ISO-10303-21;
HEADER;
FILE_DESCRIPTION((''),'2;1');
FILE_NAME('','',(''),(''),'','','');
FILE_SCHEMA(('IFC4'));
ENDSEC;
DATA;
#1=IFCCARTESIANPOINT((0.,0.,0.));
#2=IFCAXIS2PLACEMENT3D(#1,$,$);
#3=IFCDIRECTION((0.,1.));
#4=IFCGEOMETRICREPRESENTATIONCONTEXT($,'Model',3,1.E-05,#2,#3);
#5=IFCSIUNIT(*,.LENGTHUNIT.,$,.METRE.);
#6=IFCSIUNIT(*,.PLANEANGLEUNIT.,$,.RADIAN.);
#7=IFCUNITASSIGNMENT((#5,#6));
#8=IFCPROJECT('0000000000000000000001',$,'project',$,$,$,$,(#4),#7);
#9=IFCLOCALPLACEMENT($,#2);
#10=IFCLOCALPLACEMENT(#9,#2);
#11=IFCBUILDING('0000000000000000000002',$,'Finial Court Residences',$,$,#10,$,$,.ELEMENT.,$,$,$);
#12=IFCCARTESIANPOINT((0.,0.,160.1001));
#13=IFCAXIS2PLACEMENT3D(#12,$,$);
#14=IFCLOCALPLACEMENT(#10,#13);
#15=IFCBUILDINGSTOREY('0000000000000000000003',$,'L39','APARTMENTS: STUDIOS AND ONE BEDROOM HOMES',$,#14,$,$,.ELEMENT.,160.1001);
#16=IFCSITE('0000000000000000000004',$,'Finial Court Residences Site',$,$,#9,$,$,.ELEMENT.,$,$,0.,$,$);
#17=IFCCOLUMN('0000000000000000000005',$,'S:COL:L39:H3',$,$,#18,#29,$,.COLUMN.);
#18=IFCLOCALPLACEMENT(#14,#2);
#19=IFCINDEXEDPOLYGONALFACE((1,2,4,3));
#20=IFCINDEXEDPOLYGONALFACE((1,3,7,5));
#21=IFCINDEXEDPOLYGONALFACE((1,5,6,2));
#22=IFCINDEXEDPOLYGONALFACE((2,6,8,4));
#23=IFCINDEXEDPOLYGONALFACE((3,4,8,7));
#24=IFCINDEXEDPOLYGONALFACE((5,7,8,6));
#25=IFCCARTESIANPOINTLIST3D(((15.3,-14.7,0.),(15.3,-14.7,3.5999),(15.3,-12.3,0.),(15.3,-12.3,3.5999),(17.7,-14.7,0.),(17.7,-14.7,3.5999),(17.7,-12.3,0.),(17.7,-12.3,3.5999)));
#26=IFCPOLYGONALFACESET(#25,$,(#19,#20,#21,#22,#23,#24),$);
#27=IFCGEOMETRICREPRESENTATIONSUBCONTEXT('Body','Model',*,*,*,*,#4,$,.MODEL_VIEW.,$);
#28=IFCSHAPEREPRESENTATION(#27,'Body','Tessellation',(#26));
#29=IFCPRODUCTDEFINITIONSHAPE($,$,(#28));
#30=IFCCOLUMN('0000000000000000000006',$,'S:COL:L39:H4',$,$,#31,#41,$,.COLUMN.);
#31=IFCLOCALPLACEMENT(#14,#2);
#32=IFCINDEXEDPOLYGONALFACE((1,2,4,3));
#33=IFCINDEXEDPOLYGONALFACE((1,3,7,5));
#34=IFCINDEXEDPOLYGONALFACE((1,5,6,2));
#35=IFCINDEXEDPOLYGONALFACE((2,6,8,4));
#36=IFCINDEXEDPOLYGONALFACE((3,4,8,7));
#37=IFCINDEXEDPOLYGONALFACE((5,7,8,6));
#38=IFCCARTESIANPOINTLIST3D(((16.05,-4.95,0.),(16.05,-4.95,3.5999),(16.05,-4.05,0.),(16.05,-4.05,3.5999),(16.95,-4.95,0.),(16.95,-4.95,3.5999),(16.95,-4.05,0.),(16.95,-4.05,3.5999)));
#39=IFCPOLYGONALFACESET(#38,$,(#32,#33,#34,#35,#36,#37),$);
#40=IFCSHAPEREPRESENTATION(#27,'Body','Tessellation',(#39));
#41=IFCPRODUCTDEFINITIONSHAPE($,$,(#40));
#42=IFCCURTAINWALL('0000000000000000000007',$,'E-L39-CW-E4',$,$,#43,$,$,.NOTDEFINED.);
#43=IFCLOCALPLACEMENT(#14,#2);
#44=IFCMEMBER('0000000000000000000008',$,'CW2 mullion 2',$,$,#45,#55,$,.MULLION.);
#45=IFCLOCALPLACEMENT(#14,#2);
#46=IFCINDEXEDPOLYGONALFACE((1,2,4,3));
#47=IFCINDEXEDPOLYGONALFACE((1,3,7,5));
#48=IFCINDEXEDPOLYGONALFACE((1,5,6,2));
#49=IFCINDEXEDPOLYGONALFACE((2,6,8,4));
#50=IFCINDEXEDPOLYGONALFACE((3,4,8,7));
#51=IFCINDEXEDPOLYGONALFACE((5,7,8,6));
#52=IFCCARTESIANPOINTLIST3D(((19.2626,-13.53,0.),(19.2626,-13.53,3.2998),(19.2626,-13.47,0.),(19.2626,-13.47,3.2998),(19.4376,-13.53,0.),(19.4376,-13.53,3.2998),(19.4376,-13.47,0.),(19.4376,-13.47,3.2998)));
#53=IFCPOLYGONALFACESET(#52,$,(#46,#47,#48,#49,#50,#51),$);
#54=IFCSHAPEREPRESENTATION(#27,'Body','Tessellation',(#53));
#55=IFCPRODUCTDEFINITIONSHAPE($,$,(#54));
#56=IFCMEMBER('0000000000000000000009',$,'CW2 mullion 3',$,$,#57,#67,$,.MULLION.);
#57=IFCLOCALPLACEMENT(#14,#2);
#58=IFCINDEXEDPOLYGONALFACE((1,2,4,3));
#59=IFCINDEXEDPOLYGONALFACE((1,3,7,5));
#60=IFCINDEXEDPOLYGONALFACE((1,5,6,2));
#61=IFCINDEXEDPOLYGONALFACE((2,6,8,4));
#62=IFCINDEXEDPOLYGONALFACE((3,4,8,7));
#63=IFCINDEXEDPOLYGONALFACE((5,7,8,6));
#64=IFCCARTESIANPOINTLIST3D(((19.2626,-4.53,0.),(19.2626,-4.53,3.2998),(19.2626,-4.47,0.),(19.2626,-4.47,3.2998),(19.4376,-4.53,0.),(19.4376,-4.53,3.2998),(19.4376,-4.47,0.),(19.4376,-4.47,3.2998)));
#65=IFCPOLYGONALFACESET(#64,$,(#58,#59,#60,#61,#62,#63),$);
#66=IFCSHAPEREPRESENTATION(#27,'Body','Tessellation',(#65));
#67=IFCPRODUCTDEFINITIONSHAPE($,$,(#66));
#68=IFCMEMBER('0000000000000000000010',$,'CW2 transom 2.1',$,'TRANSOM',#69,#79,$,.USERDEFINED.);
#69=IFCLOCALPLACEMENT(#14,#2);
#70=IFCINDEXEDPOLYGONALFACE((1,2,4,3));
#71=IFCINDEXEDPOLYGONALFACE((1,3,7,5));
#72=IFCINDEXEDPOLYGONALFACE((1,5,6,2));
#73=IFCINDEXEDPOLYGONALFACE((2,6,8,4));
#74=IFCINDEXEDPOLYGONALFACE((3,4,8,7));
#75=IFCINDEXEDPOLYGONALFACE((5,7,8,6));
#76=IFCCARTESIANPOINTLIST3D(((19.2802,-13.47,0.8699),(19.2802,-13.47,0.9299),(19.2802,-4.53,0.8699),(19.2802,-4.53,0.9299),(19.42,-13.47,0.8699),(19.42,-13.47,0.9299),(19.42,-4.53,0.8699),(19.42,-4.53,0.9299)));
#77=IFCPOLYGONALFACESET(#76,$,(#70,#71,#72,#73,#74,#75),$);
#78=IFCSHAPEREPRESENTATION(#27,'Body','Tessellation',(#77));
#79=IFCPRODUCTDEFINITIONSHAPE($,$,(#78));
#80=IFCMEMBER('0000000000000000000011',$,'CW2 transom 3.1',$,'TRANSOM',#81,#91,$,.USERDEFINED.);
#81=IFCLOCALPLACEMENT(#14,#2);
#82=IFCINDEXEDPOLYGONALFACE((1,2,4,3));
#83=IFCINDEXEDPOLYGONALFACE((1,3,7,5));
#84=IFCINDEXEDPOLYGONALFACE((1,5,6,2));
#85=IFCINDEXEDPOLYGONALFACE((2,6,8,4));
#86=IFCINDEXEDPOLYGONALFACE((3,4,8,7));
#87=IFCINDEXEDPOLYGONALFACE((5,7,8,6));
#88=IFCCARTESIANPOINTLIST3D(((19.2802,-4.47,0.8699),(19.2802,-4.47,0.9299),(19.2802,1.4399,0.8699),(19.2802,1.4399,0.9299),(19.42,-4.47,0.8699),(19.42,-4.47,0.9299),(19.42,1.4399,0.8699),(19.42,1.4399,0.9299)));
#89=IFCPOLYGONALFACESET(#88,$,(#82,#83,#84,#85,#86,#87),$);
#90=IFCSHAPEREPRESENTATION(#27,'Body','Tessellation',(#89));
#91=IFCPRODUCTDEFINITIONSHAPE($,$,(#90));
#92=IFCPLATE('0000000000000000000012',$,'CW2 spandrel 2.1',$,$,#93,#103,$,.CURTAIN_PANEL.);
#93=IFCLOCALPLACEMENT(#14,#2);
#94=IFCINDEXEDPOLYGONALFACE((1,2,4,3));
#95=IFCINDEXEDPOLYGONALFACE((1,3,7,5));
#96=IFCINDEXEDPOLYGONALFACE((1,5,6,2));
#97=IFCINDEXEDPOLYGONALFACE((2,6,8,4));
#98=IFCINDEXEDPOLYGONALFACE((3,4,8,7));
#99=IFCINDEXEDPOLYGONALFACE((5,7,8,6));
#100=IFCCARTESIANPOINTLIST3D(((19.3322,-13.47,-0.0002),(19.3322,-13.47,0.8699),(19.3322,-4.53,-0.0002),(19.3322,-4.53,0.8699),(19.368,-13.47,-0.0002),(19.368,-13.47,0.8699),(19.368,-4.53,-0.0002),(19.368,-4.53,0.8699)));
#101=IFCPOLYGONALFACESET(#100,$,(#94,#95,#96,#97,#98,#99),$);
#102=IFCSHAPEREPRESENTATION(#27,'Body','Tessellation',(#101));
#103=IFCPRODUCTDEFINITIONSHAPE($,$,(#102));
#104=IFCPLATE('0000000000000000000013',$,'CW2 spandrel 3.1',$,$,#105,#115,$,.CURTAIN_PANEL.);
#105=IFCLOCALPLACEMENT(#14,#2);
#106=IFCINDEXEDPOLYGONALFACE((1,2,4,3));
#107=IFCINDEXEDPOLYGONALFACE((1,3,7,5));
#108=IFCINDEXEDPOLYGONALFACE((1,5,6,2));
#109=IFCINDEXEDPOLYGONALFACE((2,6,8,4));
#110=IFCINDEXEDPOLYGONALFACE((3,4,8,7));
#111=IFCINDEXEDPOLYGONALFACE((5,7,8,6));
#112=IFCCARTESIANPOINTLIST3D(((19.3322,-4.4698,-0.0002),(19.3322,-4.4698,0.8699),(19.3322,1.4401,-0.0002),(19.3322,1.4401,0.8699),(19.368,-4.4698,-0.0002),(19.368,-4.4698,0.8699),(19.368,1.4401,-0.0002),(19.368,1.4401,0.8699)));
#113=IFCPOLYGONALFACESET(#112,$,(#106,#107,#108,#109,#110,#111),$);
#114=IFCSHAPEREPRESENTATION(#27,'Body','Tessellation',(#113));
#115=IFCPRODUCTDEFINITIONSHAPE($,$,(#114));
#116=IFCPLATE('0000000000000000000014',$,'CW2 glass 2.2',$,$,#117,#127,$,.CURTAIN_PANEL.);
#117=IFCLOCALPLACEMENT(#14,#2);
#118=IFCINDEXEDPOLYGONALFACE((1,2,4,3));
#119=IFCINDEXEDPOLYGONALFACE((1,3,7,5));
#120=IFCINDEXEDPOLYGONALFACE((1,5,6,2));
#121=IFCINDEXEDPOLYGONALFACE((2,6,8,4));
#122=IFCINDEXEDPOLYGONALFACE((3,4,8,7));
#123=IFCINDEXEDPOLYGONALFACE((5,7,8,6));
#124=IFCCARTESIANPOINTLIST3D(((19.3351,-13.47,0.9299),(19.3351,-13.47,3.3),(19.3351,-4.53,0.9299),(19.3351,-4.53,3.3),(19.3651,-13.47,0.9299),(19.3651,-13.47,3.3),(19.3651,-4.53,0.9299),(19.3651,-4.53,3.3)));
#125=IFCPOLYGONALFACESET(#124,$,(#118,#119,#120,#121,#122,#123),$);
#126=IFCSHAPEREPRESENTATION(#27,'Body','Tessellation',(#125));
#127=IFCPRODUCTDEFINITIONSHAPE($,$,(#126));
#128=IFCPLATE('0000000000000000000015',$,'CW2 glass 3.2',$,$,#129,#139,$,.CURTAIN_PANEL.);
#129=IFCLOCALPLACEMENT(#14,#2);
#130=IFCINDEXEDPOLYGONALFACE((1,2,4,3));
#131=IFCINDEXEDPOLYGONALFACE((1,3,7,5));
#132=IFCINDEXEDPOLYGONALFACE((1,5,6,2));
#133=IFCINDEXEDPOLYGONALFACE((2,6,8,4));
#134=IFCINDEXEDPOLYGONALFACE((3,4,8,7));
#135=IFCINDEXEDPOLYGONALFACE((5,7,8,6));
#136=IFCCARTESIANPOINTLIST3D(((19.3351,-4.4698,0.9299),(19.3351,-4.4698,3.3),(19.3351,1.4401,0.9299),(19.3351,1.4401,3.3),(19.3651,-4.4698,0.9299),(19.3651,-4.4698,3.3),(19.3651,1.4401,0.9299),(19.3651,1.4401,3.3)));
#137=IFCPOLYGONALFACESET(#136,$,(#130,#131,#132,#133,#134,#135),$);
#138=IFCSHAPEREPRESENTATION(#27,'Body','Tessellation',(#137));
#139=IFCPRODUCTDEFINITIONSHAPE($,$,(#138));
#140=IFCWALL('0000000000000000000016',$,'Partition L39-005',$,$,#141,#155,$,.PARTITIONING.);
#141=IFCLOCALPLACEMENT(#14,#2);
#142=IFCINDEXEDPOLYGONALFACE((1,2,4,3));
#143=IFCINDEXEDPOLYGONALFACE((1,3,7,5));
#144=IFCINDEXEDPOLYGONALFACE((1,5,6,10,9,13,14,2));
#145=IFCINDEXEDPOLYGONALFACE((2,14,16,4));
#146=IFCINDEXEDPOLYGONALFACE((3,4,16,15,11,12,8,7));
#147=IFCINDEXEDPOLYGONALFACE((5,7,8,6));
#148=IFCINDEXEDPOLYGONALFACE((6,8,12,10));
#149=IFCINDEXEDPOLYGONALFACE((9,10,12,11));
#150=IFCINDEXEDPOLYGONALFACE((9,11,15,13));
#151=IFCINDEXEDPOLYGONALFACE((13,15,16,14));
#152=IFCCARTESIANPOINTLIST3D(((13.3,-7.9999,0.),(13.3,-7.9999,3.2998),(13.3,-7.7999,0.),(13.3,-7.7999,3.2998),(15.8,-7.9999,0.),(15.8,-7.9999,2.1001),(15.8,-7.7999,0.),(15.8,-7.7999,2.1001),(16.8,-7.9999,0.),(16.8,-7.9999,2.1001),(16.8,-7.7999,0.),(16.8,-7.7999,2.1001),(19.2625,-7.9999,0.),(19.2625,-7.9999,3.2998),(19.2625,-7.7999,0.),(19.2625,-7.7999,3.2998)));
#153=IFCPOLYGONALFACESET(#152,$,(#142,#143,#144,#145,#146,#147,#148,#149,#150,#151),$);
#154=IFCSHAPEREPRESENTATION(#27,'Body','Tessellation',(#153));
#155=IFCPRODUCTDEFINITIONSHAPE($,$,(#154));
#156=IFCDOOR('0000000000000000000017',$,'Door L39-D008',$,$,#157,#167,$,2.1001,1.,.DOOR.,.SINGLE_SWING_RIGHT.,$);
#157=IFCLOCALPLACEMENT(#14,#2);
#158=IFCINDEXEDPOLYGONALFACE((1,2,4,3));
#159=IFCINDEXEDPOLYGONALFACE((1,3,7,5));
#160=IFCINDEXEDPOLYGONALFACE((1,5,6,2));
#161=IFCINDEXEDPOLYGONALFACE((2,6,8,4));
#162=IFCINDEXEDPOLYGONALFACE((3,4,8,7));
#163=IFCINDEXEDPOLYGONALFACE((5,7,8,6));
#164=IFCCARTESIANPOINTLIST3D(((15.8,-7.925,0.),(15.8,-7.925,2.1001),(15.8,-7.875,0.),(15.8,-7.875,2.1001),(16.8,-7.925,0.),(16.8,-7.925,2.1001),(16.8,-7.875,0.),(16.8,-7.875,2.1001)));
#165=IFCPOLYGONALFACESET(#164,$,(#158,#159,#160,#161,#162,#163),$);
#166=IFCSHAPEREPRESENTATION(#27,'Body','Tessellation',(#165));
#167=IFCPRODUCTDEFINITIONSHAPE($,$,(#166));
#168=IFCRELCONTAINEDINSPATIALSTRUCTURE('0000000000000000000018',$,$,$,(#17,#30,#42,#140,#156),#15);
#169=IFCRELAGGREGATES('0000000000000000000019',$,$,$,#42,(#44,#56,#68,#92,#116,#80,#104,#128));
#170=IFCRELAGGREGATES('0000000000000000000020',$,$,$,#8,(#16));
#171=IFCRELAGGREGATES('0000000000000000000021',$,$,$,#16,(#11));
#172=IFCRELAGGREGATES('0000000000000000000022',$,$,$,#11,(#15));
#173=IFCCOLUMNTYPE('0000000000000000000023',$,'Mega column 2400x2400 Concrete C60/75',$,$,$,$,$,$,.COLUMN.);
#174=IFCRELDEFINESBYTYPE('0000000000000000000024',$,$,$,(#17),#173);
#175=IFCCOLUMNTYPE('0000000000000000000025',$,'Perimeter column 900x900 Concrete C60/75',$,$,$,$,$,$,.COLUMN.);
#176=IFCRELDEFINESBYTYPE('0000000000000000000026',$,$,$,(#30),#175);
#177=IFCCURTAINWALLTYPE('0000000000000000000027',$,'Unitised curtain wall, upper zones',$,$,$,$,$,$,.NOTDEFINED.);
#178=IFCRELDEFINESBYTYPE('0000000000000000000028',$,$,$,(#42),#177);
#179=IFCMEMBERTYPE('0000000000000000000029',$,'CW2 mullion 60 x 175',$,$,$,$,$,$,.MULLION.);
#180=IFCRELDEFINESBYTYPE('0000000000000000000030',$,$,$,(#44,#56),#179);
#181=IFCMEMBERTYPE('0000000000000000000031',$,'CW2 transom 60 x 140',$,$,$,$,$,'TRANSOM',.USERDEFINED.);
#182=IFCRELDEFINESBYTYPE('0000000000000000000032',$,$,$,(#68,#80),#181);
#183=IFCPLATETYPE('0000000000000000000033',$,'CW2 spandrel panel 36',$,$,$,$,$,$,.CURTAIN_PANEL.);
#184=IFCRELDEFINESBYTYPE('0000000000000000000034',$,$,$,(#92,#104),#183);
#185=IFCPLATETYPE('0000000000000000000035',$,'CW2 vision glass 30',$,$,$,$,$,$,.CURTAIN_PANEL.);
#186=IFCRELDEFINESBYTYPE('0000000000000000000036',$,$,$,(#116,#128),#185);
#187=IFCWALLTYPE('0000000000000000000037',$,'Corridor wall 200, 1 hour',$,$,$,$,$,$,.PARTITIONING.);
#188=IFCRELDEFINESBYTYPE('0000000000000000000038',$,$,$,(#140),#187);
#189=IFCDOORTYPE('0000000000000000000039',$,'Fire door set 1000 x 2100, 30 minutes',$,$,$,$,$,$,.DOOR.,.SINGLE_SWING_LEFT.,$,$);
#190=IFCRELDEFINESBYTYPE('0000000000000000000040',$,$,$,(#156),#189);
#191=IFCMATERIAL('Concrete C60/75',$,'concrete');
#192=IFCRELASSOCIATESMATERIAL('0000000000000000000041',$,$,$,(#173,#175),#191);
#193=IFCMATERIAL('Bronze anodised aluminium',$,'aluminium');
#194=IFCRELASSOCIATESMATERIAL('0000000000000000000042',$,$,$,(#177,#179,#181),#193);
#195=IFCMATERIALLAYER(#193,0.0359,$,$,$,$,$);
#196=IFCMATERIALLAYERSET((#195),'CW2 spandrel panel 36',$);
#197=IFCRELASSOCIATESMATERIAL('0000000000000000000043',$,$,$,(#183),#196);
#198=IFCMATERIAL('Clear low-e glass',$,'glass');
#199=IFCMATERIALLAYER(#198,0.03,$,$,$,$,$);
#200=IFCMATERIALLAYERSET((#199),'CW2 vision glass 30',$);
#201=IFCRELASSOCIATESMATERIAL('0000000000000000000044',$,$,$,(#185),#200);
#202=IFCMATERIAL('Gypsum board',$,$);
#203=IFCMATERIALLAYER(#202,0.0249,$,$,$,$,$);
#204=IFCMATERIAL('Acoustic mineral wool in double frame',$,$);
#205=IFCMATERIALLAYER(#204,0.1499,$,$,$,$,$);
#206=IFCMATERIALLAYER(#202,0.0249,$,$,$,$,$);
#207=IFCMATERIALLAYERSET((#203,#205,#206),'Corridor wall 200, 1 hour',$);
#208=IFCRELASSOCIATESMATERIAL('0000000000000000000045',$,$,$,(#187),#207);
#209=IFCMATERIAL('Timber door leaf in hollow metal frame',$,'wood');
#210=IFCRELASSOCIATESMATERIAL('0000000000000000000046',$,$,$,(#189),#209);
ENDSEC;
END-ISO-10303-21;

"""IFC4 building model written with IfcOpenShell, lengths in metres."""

from ifc_helpers import new_model, si_unit, direction, frame, frame_2d, origin, origin_2d, place, context, subcontext, project, spatial, rectangle, extrude, material, layer, layer_set, material_profile, profile_set, type_object, element, fill, aggregate, save


model = new_model("IFC4")

# Units and contexts
model_context = context("Model", 3, precision=1e-05, world=origin(), true_north=direction((0.0, 1.0)))
body_context = subcontext(model_context, "Body", "Model", "MODEL_VIEW")
ifc_project = project(units=[si_unit("LENGTHUNIT", "METRE"), si_unit("PLANEANGLEUNIT", "RADIAN")], contexts=[model_context])

# Site, building, storey
site_placement = place(None, origin())
site = spatial("IfcSite", under=ifc_project, at=site_placement, Name="Finial Court Residences Site", CompositionType="ELEMENT", RefElevation=0.0)
building_placement = place(site_placement, origin())
building = spatial("IfcBuilding", under=site, at=building_placement, Name="Finial Court Residences", CompositionType="ELEMENT")
storey_placement = place(building_placement, frame((0.0, 0.0, 160.1001)))
storey = spatial("IfcBuildingStorey", under=building, at=storey_placement, Name="L39", Description="APARTMENTS: STUDIOS AND ONE BEDROOM HOMES", CompositionType="ELEMENT", Elevation=160.1001)

# Columns
ifc_material_1 = material(Name="Concrete C60/75", Category="concrete")
ifc_material_profile_1 = material_profile(ifc_material_1, rectangle(XDim=2.3999, YDim=2.3999, at=origin_2d()), Name="2400x2400")
ifc_profile_set_1 = profile_set([ifc_material_profile_1], Name="Concrete C60/75")
column_type_1 = type_object("IfcColumnType", Name="Mega column 2400x2400 Concrete C60/75", PredefinedType="COLUMN", material=ifc_profile_set_1)
column_1_placement = place(storey_placement, frame((16.5, -13.5, 0.0), z_axis=(0.0, 0.0, 1.0), x_axis=(1.0, 0.0, 0.0)))
element("IfcColumn", 1, at=column_1_placement, inside=storey, type_object=column_type_1, Name="S:COL:L39:H3", PredefinedType="COLUMN", context=body_context, shape_type="SweptSolid", body=[
    extrude(rectangle(XDim=2.3999, YDim=2.3999, at=origin_2d()), origin(), (0.0, 0.0, 1.0), 3.5999),
])
ifc_material_profile_2 = material_profile(ifc_material_1, rectangle(XDim=0.8999, YDim=0.8999, at=origin_2d()), Name="900x900")
ifc_profile_set_2 = profile_set([ifc_material_profile_2], Name="Concrete C60/75")
column_type_2 = type_object("IfcColumnType", Name="Perimeter column 900x900 Concrete C60/75", PredefinedType="COLUMN", material=ifc_profile_set_2)
column_2_placement = place(storey_placement, frame((16.5, -4.5, 0.0), z_axis=(0.0, 0.0, 1.0), x_axis=(1.0, 0.0, 0.0)))
element("IfcColumn", 2, at=column_2_placement, inside=storey, type_object=column_type_2, Name="S:COL:L39:H4", PredefinedType="COLUMN", context=body_context, shape_type="SweptSolid", body=[
    extrude(rectangle(XDim=0.8999, YDim=0.8999, at=origin_2d()), origin(), (0.0, 0.0, 1.0), 3.5999),
])

# Curtain wall, members, plates
ifc_material_2 = material(Name="Bronze anodised aluminium", Category="aluminium")
curtain_wall_type = type_object("IfcCurtainWallType", Name="Unitised curtain wall, upper zones", PredefinedType="NOTDEFINED", material=ifc_material_2)
curtain_wall_placement = place(storey_placement, origin())
curtain_wall = element("IfcCurtainWall", 3, at=curtain_wall_placement, inside=storey, type_object=curtain_wall_type, Name="E-L39-CW-E4", PredefinedType="NOTDEFINED")
ifc_material_profile_3 = material_profile(ifc_material_2, rectangle(XDim=0.175, YDim=0.0601, at=origin_2d()), Name="CW2 mullion 60 x 175")
ifc_profile_set_3 = profile_set([ifc_material_profile_3], Name="Bronze anodised aluminium")
member_type_1 = type_object("IfcMemberType", Name="CW2 mullion 60 x 175", PredefinedType="MULLION", material=ifc_profile_set_3)
member_1_placement = place(storey_placement, frame((19.3501, -13.5, 0.0), z_axis=(0.0, 0.0, 1.0), x_axis=(-1.0, 0.0, 0.0)))
member_1 = element("IfcMember", 4, at=member_1_placement, type_object=member_type_1, Name="CW2 mullion 2", PredefinedType="MULLION", context=body_context, shape_type="SweptSolid", body=[
    extrude(rectangle(XDim=0.175, YDim=0.0601, at=origin_2d()), origin(), (0.0, 0.0, 1.0), 3.2998),
])
member_2_placement = place(storey_placement, frame((19.3501, -4.5, 0.0), z_axis=(0.0, 0.0, 1.0), x_axis=(-1.0, 0.0, 0.0)))
member_2 = element("IfcMember", 5, at=member_2_placement, type_object=member_type_1, Name="CW2 mullion 3", PredefinedType="MULLION", context=body_context, shape_type="SweptSolid", body=[
    extrude(rectangle(XDim=0.175, YDim=0.0601, at=origin_2d()), origin(), (0.0, 0.0, 1.0), 3.2998),
])
ifc_material_profile_4 = material_profile(ifc_material_2, rectangle(XDim=0.1399, YDim=0.0601, at=origin_2d()), Name="CW2 transom 60 x 140")
ifc_profile_set_4 = profile_set([ifc_material_profile_4], Name="Bronze anodised aluminium")
member_type_2 = type_object("IfcMemberType", Name="CW2 transom 60 x 140", ElementType="TRANSOM", PredefinedType="USERDEFINED", material=ifc_profile_set_4)
member_3_placement = place(storey_placement, frame((19.3501, -13.47, 0.8999), z_axis=(0.0, 1.0, 0.0), x_axis=(-1.0, 0.0, 0.0)))
member_3 = element("IfcMember", 6, at=member_3_placement, type_object=member_type_2, Name="CW2 transom 2.1", ObjectType="TRANSOM", PredefinedType="USERDEFINED", context=body_context, shape_type="SweptSolid", body=[
    extrude(rectangle(XDim=0.1399, YDim=0.0601, at=origin_2d()), origin(), (0.0, 0.0, 1.0), 8.9399),
])
member_4_placement = place(storey_placement, frame((19.3501, -4.47, 0.8999), z_axis=(0.0, 1.0, 0.0), x_axis=(-1.0, 0.0, 0.0)))
member_4 = element("IfcMember", 7, at=member_4_placement, type_object=member_type_2, Name="CW2 transom 3.1", ObjectType="TRANSOM", PredefinedType="USERDEFINED", context=body_context, shape_type="SweptSolid", body=[
    extrude(rectangle(XDim=0.1399, YDim=0.0601, at=origin_2d()), origin(), (0.0, 0.0, 1.0), 5.9099),
])
ifc_layer_1 = layer(ifc_material_2, 0.0359)
ifc_layer_set_1 = layer_set([ifc_layer_1], Name="CW2 spandrel panel 36")
plate_type_1 = type_object("IfcPlateType", Name="CW2 spandrel panel 36", PredefinedType="CURTAIN_PANEL", material=ifc_layer_set_1)
plate_1_placement = place(storey_placement, frame((19.3501, -9.0, -0.0002), z_axis=(0.0, 0.0, 1.0), x_axis=(0.0, 1.0, 0.0)))
plate_1 = element("IfcPlate", 8, at=plate_1_placement, type_object=plate_type_1, Name="CW2 spandrel 2.1", PredefinedType="CURTAIN_PANEL", context=body_context, shape_type="SweptSolid", body=[
    extrude(rectangle(XDim=8.9399, YDim=0.0359, at=origin_2d()), origin(), (0.0, 0.0, 1.0), 0.8701),
])
plate_2_placement = place(storey_placement, frame((19.3501, -1.5149, -0.0002), z_axis=(0.0, 0.0, 1.0), x_axis=(0.0, 1.0, 0.0)))
plate_2 = element("IfcPlate", 9, at=plate_2_placement, type_object=plate_type_1, Name="CW2 spandrel 3.1", PredefinedType="CURTAIN_PANEL", context=body_context, shape_type="SweptSolid", body=[
    extrude(rectangle(XDim=5.9099, YDim=0.0359, at=origin_2d()), origin(), (0.0, 0.0, 1.0), 0.8701),
])
ifc_material_3 = material(Name="Clear low-e glass", Category="glass")
ifc_layer_2 = layer(ifc_material_3, 0.03)
ifc_layer_set_2 = layer_set([ifc_layer_2], Name="CW2 vision glass 30")
plate_type_2 = type_object("IfcPlateType", Name="CW2 vision glass 30", PredefinedType="CURTAIN_PANEL", material=ifc_layer_set_2)
plate_3_placement = place(storey_placement, frame((19.3501, -9.0, 0.9299), z_axis=(0.0, 0.0, 1.0), x_axis=(0.0, 1.0, 0.0)))
plate_3 = element("IfcPlate", 10, at=plate_3_placement, type_object=plate_type_2, Name="CW2 glass 2.2", PredefinedType="CURTAIN_PANEL", context=body_context, shape_type="SweptSolid", body=[
    extrude(rectangle(XDim=8.9399, YDim=0.03, at=origin_2d()), origin(), (0.0, 0.0, 1.0), 2.3701),
])
plate_4_placement = place(storey_placement, frame((19.3501, -1.5149, 0.9299), z_axis=(0.0, 0.0, 1.0), x_axis=(0.0, 1.0, 0.0)))
plate_4 = element("IfcPlate", 11, at=plate_4_placement, type_object=plate_type_2, Name="CW2 glass 3.2", PredefinedType="CURTAIN_PANEL", context=body_context, shape_type="SweptSolid", body=[
    extrude(rectangle(XDim=5.9099, YDim=0.03, at=origin_2d()), origin(), (0.0, 0.0, 1.0), 2.3701),
])
aggregate(curtain_wall, [member_1, member_2, member_3, plate_1, plate_3, member_4, plate_2, plate_4])

# Wall, opening, door
ifc_material_4 = material(Name="Gypsum board")
ifc_layer_3 = layer(ifc_material_4, 0.0249)
ifc_material_5 = material(Name="Acoustic mineral wool in double frame")
ifc_layer_4 = layer(ifc_material_5, 0.1499)
ifc_layer_5 = layer(ifc_material_4, 0.0249)
ifc_layer_set_3 = layer_set([ifc_layer_3, ifc_layer_4, ifc_layer_5], Name="Corridor wall 200, 1 hour")
wall_type_1 = type_object("IfcWallType", Name="Corridor wall 200, 1 hour", PredefinedType="PARTITIONING", material=ifc_layer_set_3)
wall_1_placement = place(storey_placement, frame((13.3, -7.8999, 0.0), z_axis=(0.0, 0.0, 1.0), x_axis=(1.0, 0.0, 0.0)))
wall_1 = element("IfcWall", 12, at=wall_1_placement, inside=storey, type_object=wall_type_1, Name="Partition L39-005", PredefinedType="PARTITIONING", context=body_context, shape_type="SweptSolid", body=[
    extrude(rectangle(XDim=5.9624, YDim=0.2, at=frame_2d((2.9812, 0.0))), origin(), (0.0, 0.0, 1.0), 3.2998),
])
opening_1_placement = place(wall_1_placement, frame((2.5, 0.0, 0.0)))
opening_1 = element("IfcOpeningElement", 13, at=opening_1_placement, cuts=wall_1, PredefinedType="OPENING", context=body_context, shape_type="SweptSolid", body=[
    extrude(rectangle(XDim=1.0, YDim=2.1001, at=frame_2d((0.5, 1.05))), frame((0.0, 0.1099, 0.0), z_axis=(0.0, -1.0, 0.0), x_axis=(1.0, 0.0, 0.0)), (0.0, 0.0, 1.0), 0.22),
])
ifc_material_6 = material(Name="Timber door leaf in hollow metal frame", Category="wood")
door_type_1 = type_object("IfcDoorType", Name="Fire door set 1000 x 2100, 30 minutes", OperationType="SINGLE_SWING_LEFT", PredefinedType="DOOR", material=ifc_material_6)
door_1_placement = place(opening_1_placement, origin())
door_1 = element("IfcDoor", 14, at=door_1_placement, inside=storey, type_object=door_type_1, Name="Door L39-D008", OperationType="SINGLE_SWING_RIGHT", OverallHeight=2.1001, OverallWidth=1.0, PredefinedType="DOOR", context=body_context, shape_type="SweptSolid", body=[
    extrude(rectangle(XDim=1.0, YDim=2.1001, at=frame_2d((0.5, 1.05))), frame((0.0, 0.0249, 0.0), z_axis=(0.0, -1.0, 0.0), x_axis=(1.0, 0.0, 0.0)), (0.0, 0.0, 1.0), 0.05),
])
fill(opening_1, door_1)

save(model, "model.ifc")
